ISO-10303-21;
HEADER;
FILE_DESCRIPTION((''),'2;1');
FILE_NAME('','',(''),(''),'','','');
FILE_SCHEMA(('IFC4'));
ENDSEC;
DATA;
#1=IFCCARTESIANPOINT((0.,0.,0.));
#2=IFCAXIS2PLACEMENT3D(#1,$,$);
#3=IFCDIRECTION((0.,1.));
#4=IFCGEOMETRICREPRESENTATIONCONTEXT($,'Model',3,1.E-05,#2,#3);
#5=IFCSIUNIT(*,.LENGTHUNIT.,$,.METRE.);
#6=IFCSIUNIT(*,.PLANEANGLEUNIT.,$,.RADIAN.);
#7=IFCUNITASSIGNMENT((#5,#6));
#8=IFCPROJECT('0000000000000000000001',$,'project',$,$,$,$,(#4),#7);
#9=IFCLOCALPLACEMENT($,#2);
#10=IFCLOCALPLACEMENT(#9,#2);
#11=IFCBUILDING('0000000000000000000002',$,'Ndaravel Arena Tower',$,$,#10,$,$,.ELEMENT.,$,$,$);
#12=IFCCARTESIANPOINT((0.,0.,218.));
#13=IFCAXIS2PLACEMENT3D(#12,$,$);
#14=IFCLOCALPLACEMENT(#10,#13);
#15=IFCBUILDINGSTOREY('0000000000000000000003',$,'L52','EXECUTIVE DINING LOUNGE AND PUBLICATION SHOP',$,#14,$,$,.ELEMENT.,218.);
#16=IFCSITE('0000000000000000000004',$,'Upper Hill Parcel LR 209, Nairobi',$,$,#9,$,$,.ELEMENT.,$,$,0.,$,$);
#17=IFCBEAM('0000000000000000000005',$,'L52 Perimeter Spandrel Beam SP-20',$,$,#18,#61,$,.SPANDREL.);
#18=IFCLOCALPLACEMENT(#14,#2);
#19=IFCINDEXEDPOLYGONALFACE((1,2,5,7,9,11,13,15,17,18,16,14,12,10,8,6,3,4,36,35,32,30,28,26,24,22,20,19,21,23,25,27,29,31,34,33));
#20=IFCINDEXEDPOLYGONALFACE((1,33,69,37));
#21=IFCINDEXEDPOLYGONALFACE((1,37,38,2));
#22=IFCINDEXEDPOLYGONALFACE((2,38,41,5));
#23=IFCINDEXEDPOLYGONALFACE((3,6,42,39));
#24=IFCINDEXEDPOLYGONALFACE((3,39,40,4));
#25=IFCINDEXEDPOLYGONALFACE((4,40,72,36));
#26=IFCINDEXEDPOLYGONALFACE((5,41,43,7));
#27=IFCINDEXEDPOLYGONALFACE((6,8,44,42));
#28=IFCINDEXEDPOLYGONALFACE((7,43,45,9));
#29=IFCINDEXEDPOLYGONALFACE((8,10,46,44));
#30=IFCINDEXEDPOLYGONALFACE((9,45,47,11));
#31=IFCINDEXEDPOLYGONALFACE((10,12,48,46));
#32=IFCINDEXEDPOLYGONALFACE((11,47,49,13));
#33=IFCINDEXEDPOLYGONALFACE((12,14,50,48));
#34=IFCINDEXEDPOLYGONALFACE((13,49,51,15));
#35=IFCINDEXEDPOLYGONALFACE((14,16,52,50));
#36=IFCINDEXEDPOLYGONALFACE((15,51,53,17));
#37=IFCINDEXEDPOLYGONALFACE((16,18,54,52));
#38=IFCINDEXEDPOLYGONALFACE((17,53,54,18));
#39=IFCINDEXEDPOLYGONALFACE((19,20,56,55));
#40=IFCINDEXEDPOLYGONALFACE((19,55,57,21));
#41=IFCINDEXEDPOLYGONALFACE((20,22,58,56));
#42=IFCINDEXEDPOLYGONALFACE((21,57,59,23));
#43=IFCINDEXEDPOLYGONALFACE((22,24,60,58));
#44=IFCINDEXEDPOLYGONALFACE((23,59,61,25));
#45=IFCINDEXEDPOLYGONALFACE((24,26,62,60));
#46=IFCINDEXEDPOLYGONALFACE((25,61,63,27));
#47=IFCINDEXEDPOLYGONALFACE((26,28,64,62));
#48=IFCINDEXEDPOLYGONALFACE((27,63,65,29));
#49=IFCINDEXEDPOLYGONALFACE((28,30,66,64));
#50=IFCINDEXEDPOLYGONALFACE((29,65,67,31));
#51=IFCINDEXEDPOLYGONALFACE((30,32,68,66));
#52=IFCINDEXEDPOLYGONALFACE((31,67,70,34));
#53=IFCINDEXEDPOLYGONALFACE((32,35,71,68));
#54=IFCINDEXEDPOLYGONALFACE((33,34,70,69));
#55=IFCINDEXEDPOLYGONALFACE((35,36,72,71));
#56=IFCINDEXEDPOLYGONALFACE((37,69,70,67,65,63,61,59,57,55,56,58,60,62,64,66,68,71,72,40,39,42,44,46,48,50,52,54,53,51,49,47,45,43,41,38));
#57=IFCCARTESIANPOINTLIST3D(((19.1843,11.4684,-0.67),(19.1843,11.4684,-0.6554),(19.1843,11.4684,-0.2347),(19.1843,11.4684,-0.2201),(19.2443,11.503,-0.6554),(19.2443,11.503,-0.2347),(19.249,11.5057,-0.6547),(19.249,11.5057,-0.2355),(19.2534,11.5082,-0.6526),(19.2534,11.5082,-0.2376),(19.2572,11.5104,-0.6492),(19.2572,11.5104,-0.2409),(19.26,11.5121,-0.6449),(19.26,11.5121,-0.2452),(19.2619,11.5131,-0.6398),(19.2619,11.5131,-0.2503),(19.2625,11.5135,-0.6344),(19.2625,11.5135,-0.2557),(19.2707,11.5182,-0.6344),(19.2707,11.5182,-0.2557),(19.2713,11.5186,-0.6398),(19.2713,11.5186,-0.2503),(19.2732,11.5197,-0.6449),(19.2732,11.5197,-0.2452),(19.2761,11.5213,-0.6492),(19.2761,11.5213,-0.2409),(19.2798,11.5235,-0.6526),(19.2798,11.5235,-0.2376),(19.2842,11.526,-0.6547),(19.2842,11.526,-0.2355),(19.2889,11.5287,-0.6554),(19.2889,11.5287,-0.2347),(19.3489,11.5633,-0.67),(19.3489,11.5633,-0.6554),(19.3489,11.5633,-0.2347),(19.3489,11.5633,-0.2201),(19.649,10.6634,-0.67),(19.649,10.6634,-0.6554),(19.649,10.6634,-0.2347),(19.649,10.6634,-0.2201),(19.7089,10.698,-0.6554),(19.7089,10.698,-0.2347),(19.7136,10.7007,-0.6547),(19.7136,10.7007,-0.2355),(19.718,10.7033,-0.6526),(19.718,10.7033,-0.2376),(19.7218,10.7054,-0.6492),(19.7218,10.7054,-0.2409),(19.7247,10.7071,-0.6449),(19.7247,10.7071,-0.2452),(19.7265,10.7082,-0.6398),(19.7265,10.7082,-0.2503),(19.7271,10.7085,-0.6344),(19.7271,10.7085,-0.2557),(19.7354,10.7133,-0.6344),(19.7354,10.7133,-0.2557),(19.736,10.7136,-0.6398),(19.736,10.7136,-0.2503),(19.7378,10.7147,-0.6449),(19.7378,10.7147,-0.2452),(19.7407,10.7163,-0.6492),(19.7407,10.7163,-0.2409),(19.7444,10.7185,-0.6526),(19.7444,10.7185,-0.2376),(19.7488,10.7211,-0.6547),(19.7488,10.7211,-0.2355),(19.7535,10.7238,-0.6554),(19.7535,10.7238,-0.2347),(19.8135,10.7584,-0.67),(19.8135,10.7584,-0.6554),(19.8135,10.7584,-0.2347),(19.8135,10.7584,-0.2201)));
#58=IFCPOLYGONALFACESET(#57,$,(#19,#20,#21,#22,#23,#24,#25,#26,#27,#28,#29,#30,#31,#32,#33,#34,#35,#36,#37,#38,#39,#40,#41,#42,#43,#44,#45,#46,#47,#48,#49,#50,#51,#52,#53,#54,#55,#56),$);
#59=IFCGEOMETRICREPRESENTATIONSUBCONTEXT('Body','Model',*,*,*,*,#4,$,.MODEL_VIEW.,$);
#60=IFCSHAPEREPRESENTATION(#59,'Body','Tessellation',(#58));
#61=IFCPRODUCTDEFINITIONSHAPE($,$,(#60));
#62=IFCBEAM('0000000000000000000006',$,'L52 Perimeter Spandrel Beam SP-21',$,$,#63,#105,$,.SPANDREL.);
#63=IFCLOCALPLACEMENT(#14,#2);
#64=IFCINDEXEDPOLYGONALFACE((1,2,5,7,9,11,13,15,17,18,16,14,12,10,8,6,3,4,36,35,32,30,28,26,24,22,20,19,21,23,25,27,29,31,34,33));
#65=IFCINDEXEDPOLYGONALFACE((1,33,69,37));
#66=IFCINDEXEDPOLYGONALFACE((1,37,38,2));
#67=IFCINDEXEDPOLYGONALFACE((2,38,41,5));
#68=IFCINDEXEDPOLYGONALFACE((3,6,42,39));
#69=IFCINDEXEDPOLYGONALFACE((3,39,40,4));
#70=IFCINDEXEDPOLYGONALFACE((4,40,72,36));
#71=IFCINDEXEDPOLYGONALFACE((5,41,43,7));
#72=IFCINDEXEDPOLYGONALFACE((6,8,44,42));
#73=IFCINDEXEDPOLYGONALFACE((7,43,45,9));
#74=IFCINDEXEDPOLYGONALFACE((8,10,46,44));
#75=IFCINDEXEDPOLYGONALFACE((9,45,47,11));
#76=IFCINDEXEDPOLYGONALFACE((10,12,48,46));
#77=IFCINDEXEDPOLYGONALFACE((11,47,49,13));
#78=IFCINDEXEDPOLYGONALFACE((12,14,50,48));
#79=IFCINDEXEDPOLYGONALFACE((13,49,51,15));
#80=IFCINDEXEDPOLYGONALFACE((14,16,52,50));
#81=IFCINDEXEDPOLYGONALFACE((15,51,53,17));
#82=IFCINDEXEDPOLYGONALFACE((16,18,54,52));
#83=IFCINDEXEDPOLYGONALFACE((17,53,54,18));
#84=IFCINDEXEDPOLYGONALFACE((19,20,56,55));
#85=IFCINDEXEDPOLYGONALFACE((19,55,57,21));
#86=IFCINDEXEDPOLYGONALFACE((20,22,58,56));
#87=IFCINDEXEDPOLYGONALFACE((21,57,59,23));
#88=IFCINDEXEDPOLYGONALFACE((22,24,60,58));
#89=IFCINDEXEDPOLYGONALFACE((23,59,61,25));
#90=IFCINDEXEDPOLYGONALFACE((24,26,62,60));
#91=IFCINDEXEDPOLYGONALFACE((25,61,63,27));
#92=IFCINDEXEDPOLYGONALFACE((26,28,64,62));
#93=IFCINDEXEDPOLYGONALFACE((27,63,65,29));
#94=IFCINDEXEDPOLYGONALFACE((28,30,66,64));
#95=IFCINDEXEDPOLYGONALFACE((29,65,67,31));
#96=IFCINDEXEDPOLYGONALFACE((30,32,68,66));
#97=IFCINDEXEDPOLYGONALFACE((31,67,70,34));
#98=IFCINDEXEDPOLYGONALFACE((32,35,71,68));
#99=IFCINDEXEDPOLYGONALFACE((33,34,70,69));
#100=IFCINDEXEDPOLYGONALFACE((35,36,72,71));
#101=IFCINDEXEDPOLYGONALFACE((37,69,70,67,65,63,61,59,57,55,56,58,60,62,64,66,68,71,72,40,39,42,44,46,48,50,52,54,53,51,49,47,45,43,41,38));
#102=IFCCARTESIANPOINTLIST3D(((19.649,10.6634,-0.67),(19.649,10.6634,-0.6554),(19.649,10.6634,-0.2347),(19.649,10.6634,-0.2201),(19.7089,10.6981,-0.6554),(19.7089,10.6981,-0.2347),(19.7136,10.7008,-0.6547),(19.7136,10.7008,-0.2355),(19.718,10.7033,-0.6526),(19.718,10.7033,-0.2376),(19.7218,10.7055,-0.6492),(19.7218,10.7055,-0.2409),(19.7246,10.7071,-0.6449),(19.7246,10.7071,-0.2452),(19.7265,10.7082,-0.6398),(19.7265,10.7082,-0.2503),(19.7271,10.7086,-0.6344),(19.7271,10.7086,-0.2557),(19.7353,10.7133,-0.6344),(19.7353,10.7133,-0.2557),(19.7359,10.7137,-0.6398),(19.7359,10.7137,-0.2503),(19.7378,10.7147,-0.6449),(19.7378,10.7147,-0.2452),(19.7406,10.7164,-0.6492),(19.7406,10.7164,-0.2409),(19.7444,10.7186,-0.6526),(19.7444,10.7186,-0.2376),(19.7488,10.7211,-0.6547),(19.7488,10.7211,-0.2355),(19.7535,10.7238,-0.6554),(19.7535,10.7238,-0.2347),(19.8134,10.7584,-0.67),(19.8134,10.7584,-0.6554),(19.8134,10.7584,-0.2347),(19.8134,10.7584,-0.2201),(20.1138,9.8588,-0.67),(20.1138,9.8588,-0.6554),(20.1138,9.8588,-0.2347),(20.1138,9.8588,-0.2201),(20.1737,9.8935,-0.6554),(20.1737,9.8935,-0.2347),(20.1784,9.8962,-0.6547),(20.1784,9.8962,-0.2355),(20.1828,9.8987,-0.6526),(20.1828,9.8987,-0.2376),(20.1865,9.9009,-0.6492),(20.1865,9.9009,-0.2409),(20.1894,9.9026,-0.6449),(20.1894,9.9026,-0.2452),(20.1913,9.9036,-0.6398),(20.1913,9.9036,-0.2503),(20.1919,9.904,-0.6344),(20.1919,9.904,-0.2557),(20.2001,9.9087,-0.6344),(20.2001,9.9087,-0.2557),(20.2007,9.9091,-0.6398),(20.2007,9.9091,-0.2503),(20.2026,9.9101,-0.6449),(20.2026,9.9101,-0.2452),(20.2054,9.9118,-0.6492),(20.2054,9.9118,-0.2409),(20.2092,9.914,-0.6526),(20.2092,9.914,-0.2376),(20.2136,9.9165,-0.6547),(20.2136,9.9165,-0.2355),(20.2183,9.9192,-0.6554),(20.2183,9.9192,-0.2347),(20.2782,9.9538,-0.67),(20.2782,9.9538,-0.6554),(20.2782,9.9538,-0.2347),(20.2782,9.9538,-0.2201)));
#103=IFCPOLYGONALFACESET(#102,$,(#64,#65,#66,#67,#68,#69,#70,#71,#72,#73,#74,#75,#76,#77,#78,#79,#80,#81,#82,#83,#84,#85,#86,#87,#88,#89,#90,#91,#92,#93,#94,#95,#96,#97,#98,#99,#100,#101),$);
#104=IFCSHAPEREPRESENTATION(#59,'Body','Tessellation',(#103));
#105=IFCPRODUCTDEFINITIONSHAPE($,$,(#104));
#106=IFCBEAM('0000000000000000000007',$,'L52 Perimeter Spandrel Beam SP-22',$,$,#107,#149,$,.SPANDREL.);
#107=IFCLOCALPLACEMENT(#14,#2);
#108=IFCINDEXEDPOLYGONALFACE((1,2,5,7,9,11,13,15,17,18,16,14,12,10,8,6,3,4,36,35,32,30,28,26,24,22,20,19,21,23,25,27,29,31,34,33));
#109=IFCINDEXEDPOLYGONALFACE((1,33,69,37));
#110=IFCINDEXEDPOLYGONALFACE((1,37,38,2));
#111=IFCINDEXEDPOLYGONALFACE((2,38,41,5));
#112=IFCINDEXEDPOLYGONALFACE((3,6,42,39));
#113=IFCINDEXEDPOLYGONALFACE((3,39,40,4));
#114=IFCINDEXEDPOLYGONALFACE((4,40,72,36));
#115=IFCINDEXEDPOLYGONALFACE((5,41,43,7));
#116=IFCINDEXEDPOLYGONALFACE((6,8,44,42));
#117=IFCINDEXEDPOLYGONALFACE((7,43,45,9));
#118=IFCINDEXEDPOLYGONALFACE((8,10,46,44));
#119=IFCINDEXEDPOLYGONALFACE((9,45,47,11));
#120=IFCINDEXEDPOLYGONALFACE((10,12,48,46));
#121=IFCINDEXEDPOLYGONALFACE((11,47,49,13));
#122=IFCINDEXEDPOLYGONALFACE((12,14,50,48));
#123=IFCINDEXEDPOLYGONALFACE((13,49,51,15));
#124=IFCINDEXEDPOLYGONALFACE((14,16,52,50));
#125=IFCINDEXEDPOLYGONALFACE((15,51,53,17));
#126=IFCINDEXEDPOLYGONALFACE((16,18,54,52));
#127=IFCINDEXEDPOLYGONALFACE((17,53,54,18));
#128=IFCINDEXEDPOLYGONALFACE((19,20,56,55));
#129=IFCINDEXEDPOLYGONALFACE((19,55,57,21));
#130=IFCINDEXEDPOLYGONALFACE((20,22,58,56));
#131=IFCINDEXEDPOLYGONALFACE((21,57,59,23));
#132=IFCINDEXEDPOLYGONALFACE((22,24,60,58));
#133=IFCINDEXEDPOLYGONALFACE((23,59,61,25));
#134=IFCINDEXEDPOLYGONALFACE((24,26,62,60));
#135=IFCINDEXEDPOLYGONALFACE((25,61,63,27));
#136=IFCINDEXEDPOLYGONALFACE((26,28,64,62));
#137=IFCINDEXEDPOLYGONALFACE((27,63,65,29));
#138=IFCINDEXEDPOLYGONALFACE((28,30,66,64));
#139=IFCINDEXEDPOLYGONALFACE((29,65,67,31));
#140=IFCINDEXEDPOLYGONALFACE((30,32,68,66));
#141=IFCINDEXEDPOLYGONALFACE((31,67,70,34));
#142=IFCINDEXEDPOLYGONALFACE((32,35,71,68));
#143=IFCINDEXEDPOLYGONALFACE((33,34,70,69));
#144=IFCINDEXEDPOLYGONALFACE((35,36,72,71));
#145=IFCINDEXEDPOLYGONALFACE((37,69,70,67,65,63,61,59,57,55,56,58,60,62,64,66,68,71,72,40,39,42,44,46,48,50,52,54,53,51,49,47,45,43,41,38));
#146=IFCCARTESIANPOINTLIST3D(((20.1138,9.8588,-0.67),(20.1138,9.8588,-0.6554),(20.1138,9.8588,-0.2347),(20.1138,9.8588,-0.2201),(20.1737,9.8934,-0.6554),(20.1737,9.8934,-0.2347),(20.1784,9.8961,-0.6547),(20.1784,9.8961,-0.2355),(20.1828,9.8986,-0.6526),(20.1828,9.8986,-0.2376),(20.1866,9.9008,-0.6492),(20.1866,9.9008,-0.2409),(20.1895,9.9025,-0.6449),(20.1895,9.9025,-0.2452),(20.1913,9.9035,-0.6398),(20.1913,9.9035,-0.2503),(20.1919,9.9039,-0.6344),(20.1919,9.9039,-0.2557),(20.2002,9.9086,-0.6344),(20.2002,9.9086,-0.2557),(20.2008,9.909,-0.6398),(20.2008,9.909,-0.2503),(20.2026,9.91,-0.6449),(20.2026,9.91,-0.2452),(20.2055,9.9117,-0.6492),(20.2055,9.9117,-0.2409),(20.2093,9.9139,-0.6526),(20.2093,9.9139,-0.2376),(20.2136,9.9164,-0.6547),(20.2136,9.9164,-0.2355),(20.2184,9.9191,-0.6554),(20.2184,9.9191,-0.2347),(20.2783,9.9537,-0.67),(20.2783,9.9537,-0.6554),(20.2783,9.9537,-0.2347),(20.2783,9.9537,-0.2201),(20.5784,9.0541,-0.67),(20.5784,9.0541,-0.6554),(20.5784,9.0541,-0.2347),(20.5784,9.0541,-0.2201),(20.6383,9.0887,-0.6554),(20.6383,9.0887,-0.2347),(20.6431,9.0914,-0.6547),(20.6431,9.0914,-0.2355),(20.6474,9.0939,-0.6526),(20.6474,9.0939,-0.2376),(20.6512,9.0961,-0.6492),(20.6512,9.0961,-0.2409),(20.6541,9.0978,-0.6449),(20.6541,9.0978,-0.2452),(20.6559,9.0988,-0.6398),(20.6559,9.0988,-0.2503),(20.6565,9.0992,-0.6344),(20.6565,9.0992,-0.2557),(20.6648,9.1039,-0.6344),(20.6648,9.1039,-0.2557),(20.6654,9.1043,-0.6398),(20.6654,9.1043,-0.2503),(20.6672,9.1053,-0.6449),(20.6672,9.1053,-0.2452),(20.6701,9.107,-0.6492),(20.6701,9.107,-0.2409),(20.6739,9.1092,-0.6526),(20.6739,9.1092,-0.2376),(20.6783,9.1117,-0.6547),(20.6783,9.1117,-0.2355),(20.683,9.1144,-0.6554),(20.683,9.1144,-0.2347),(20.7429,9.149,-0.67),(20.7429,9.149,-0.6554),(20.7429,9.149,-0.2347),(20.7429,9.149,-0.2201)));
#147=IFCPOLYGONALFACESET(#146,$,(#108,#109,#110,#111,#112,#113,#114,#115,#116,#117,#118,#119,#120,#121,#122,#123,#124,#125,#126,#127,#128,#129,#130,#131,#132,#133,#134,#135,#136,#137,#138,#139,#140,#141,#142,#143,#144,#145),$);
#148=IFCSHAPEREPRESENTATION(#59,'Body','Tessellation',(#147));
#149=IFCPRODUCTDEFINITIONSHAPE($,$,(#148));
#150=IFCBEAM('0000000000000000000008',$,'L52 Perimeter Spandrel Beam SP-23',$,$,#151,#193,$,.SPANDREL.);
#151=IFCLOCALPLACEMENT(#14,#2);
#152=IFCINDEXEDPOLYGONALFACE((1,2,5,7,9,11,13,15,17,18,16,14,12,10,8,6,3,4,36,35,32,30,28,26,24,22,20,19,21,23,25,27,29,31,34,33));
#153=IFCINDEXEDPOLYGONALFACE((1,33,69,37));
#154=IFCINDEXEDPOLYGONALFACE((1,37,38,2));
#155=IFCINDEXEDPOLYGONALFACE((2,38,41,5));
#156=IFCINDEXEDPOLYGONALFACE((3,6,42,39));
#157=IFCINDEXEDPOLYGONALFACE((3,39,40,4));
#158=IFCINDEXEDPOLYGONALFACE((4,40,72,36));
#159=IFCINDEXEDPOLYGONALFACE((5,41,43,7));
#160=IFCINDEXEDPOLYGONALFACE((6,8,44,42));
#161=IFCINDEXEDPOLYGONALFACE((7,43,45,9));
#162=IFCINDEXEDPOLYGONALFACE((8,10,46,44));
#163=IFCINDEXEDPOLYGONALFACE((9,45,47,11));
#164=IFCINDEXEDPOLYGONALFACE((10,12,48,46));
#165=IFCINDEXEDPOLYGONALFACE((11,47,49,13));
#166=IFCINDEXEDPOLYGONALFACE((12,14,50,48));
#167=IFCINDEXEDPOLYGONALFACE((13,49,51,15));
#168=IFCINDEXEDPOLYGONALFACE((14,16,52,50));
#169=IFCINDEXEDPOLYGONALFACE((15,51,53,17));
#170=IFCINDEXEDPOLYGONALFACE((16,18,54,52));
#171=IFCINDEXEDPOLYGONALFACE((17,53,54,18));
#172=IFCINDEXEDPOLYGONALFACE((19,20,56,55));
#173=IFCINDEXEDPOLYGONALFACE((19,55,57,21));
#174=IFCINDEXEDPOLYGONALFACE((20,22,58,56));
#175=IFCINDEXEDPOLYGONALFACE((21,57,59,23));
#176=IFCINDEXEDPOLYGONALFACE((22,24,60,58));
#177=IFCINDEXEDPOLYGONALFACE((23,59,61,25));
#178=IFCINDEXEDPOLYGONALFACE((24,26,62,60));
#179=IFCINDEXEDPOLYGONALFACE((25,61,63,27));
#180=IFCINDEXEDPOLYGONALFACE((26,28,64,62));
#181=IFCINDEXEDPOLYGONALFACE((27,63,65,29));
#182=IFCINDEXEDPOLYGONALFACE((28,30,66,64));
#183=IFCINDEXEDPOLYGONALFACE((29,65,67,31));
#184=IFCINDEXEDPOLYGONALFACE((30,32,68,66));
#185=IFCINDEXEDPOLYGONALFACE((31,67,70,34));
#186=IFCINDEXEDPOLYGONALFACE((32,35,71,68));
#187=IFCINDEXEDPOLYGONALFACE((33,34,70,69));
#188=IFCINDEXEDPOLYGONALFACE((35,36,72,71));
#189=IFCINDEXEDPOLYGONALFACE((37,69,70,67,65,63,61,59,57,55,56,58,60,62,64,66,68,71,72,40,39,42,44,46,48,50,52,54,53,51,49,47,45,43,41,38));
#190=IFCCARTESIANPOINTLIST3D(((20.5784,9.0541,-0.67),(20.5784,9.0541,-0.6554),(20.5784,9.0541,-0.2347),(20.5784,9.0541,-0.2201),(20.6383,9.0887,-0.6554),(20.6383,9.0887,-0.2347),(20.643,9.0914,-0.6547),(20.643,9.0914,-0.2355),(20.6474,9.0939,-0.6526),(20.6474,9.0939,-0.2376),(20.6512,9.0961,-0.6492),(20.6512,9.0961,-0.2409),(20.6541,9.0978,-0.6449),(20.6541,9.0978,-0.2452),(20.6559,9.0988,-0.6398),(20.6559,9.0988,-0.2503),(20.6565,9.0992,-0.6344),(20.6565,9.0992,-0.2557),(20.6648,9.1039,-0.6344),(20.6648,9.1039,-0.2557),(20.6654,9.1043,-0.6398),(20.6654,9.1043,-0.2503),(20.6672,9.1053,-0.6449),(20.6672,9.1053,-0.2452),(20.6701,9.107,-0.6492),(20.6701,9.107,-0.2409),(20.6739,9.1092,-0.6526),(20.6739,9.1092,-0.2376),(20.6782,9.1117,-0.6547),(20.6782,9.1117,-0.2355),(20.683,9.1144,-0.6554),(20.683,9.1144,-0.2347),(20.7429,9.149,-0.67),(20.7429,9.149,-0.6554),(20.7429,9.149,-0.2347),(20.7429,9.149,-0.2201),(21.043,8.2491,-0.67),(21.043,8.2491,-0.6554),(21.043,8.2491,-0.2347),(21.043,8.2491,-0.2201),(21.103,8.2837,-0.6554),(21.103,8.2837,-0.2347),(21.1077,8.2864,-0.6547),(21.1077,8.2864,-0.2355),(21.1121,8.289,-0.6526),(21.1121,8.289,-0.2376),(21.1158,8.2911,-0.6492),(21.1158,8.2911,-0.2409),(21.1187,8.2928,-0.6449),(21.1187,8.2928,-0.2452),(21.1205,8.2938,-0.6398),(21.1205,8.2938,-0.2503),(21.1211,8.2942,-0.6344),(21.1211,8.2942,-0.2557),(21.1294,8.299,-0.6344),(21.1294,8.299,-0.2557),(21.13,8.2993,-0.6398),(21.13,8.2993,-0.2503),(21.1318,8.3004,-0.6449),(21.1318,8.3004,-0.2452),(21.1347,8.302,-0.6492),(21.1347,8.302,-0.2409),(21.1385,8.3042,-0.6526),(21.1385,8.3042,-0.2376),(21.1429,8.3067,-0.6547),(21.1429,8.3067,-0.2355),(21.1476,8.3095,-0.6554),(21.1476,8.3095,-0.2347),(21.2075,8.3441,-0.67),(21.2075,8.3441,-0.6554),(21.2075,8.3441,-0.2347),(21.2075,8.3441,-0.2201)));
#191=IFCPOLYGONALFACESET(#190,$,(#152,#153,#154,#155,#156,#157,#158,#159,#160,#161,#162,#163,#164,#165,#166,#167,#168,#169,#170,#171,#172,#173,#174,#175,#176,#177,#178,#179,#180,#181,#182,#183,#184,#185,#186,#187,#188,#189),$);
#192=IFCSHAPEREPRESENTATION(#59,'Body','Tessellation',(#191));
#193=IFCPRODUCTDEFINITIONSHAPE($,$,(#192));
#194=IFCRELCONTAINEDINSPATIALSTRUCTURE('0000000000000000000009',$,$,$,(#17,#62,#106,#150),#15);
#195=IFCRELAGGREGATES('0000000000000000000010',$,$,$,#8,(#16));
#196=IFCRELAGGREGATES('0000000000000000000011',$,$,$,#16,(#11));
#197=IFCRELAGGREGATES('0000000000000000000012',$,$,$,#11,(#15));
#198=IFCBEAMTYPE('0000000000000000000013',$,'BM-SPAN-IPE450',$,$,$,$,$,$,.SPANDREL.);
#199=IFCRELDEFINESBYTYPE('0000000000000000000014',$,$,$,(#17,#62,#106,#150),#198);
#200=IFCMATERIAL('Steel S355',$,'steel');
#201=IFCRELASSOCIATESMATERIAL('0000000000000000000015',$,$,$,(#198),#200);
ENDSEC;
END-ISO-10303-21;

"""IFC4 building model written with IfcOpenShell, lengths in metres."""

from ifc_helpers import new_model, si_unit, direction, frame, origin, origin_2d, place, context, subcontext, project, spatial, i_section, extrude, material, material_profile, profile_set, type_object, element, save


model = new_model("IFC4")

# Units and contexts
model_context = context("Model", 3, precision=1e-05, world=origin(), true_north=direction((0.0, 1.0)))
body_context = subcontext(model_context, "Body", "Model", "MODEL_VIEW")
ifc_project = project(units=[si_unit("LENGTHUNIT", "METRE"), si_unit("PLANEANGLEUNIT", "RADIAN")], contexts=[model_context])

# Site, building, storey
site_placement = place(None, origin())
site = spatial("IfcSite", under=ifc_project, at=site_placement, Name="Upper Hill Parcel LR 209, Nairobi", CompositionType="ELEMENT", RefElevation=0.0)
building_placement = place(site_placement, origin())
building = spatial("IfcBuilding", under=site, at=building_placement, Name="Ndaravel Arena Tower", CompositionType="ELEMENT")
storey_placement = place(building_placement, frame((0.0, 0.0, 218.0)))
storey = spatial("IfcBuildingStorey", under=building, at=storey_placement, Name="L52", Description="EXECUTIVE DINING LOUNGE AND PUBLICATION SHOP", CompositionType="ELEMENT", Elevation=218.0)

# Beams
ifc_material_1 = material(Name="Steel S355", Category="steel")
ifc_material_profile_1 = material_profile(ifc_material_1, i_section(OverallWidth=0.1899, OverallDepth=0.45, WebThickness=0.0095, FlangeThickness=0.0146, FilletRadius=0.021, at=origin_2d()), Name="IPE 450")
ifc_profile_set_1 = profile_set([ifc_material_profile_1], Name="Steel S355")
beam_type = type_object("IfcBeamType", Name="BM-SPAN-IPE450", PredefinedType="SPANDREL", material=ifc_profile_set_1)
beam_1_placement = place(storey_placement, frame((19.2666, 11.5159, -0.4451), z_axis=(0.499897, -0.866085, 0.0), x_axis=(0.866085, 0.499897, 0.0)))
element("IfcBeam", 1, at=beam_1_placement, inside=storey, type_object=beam_type, Name="L52 Perimeter Spandrel Beam SP-20", PredefinedType="SPANDREL", context=body_context, shape_type="SweptSolid", body=[
    extrude(i_section(OverallWidth=0.1899, OverallDepth=0.45, WebThickness=0.0095, FlangeThickness=0.0146, FilletRadius=0.021, at=origin_2d()), origin(), (0.0, 0.0, 1.0), 0.9294),
])
for number, where, z_axis, x_axis, name in (
    (2, (19.7312, 10.7109, -0.4451), (0.500208, -0.865906, 0.0), (0.865906, 0.500208, 0.0), "L52 Perimeter Spandrel Beam SP-21"),
    (3, (20.196, 9.9062, -0.4451), (0.500011, -0.866019, 0.0), (0.866019, 0.500011, 0.0), "L52 Perimeter Spandrel Beam SP-22"),
):
    element("IfcBeam", number, at=place(storey_placement, frame(where, z_axis=z_axis, x_axis=x_axis)), inside=storey, type_object=beam_type, Name=name, PredefinedType="SPANDREL", context=body_context, shape_type="SweptSolid", body=[
        extrude(i_section(OverallWidth=0.1899, OverallDepth=0.45, WebThickness=0.0095, FlangeThickness=0.0146, FilletRadius=0.021, at=origin_2d()), origin(), (0.0, 0.0, 1.0), 0.9292),
    ])
beam_2_placement = place(storey_placement, frame((20.6606, 9.1016, -0.4451), z_axis=(0.499897, -0.866085, 0.0), x_axis=(0.866085, 0.499897, 0.0)))
element("IfcBeam", 4, at=beam_2_placement, inside=storey, type_object=beam_type, Name="L52 Perimeter Spandrel Beam SP-23", PredefinedType="SPANDREL", context=body_context, shape_type="SweptSolid", body=[
    extrude(i_section(OverallWidth=0.1899, OverallDepth=0.45, WebThickness=0.0095, FlangeThickness=0.0146, FilletRadius=0.021, at=origin_2d()), origin(), (0.0, 0.0, 1.0), 0.9294),
])

save(model, "model.ifc")
